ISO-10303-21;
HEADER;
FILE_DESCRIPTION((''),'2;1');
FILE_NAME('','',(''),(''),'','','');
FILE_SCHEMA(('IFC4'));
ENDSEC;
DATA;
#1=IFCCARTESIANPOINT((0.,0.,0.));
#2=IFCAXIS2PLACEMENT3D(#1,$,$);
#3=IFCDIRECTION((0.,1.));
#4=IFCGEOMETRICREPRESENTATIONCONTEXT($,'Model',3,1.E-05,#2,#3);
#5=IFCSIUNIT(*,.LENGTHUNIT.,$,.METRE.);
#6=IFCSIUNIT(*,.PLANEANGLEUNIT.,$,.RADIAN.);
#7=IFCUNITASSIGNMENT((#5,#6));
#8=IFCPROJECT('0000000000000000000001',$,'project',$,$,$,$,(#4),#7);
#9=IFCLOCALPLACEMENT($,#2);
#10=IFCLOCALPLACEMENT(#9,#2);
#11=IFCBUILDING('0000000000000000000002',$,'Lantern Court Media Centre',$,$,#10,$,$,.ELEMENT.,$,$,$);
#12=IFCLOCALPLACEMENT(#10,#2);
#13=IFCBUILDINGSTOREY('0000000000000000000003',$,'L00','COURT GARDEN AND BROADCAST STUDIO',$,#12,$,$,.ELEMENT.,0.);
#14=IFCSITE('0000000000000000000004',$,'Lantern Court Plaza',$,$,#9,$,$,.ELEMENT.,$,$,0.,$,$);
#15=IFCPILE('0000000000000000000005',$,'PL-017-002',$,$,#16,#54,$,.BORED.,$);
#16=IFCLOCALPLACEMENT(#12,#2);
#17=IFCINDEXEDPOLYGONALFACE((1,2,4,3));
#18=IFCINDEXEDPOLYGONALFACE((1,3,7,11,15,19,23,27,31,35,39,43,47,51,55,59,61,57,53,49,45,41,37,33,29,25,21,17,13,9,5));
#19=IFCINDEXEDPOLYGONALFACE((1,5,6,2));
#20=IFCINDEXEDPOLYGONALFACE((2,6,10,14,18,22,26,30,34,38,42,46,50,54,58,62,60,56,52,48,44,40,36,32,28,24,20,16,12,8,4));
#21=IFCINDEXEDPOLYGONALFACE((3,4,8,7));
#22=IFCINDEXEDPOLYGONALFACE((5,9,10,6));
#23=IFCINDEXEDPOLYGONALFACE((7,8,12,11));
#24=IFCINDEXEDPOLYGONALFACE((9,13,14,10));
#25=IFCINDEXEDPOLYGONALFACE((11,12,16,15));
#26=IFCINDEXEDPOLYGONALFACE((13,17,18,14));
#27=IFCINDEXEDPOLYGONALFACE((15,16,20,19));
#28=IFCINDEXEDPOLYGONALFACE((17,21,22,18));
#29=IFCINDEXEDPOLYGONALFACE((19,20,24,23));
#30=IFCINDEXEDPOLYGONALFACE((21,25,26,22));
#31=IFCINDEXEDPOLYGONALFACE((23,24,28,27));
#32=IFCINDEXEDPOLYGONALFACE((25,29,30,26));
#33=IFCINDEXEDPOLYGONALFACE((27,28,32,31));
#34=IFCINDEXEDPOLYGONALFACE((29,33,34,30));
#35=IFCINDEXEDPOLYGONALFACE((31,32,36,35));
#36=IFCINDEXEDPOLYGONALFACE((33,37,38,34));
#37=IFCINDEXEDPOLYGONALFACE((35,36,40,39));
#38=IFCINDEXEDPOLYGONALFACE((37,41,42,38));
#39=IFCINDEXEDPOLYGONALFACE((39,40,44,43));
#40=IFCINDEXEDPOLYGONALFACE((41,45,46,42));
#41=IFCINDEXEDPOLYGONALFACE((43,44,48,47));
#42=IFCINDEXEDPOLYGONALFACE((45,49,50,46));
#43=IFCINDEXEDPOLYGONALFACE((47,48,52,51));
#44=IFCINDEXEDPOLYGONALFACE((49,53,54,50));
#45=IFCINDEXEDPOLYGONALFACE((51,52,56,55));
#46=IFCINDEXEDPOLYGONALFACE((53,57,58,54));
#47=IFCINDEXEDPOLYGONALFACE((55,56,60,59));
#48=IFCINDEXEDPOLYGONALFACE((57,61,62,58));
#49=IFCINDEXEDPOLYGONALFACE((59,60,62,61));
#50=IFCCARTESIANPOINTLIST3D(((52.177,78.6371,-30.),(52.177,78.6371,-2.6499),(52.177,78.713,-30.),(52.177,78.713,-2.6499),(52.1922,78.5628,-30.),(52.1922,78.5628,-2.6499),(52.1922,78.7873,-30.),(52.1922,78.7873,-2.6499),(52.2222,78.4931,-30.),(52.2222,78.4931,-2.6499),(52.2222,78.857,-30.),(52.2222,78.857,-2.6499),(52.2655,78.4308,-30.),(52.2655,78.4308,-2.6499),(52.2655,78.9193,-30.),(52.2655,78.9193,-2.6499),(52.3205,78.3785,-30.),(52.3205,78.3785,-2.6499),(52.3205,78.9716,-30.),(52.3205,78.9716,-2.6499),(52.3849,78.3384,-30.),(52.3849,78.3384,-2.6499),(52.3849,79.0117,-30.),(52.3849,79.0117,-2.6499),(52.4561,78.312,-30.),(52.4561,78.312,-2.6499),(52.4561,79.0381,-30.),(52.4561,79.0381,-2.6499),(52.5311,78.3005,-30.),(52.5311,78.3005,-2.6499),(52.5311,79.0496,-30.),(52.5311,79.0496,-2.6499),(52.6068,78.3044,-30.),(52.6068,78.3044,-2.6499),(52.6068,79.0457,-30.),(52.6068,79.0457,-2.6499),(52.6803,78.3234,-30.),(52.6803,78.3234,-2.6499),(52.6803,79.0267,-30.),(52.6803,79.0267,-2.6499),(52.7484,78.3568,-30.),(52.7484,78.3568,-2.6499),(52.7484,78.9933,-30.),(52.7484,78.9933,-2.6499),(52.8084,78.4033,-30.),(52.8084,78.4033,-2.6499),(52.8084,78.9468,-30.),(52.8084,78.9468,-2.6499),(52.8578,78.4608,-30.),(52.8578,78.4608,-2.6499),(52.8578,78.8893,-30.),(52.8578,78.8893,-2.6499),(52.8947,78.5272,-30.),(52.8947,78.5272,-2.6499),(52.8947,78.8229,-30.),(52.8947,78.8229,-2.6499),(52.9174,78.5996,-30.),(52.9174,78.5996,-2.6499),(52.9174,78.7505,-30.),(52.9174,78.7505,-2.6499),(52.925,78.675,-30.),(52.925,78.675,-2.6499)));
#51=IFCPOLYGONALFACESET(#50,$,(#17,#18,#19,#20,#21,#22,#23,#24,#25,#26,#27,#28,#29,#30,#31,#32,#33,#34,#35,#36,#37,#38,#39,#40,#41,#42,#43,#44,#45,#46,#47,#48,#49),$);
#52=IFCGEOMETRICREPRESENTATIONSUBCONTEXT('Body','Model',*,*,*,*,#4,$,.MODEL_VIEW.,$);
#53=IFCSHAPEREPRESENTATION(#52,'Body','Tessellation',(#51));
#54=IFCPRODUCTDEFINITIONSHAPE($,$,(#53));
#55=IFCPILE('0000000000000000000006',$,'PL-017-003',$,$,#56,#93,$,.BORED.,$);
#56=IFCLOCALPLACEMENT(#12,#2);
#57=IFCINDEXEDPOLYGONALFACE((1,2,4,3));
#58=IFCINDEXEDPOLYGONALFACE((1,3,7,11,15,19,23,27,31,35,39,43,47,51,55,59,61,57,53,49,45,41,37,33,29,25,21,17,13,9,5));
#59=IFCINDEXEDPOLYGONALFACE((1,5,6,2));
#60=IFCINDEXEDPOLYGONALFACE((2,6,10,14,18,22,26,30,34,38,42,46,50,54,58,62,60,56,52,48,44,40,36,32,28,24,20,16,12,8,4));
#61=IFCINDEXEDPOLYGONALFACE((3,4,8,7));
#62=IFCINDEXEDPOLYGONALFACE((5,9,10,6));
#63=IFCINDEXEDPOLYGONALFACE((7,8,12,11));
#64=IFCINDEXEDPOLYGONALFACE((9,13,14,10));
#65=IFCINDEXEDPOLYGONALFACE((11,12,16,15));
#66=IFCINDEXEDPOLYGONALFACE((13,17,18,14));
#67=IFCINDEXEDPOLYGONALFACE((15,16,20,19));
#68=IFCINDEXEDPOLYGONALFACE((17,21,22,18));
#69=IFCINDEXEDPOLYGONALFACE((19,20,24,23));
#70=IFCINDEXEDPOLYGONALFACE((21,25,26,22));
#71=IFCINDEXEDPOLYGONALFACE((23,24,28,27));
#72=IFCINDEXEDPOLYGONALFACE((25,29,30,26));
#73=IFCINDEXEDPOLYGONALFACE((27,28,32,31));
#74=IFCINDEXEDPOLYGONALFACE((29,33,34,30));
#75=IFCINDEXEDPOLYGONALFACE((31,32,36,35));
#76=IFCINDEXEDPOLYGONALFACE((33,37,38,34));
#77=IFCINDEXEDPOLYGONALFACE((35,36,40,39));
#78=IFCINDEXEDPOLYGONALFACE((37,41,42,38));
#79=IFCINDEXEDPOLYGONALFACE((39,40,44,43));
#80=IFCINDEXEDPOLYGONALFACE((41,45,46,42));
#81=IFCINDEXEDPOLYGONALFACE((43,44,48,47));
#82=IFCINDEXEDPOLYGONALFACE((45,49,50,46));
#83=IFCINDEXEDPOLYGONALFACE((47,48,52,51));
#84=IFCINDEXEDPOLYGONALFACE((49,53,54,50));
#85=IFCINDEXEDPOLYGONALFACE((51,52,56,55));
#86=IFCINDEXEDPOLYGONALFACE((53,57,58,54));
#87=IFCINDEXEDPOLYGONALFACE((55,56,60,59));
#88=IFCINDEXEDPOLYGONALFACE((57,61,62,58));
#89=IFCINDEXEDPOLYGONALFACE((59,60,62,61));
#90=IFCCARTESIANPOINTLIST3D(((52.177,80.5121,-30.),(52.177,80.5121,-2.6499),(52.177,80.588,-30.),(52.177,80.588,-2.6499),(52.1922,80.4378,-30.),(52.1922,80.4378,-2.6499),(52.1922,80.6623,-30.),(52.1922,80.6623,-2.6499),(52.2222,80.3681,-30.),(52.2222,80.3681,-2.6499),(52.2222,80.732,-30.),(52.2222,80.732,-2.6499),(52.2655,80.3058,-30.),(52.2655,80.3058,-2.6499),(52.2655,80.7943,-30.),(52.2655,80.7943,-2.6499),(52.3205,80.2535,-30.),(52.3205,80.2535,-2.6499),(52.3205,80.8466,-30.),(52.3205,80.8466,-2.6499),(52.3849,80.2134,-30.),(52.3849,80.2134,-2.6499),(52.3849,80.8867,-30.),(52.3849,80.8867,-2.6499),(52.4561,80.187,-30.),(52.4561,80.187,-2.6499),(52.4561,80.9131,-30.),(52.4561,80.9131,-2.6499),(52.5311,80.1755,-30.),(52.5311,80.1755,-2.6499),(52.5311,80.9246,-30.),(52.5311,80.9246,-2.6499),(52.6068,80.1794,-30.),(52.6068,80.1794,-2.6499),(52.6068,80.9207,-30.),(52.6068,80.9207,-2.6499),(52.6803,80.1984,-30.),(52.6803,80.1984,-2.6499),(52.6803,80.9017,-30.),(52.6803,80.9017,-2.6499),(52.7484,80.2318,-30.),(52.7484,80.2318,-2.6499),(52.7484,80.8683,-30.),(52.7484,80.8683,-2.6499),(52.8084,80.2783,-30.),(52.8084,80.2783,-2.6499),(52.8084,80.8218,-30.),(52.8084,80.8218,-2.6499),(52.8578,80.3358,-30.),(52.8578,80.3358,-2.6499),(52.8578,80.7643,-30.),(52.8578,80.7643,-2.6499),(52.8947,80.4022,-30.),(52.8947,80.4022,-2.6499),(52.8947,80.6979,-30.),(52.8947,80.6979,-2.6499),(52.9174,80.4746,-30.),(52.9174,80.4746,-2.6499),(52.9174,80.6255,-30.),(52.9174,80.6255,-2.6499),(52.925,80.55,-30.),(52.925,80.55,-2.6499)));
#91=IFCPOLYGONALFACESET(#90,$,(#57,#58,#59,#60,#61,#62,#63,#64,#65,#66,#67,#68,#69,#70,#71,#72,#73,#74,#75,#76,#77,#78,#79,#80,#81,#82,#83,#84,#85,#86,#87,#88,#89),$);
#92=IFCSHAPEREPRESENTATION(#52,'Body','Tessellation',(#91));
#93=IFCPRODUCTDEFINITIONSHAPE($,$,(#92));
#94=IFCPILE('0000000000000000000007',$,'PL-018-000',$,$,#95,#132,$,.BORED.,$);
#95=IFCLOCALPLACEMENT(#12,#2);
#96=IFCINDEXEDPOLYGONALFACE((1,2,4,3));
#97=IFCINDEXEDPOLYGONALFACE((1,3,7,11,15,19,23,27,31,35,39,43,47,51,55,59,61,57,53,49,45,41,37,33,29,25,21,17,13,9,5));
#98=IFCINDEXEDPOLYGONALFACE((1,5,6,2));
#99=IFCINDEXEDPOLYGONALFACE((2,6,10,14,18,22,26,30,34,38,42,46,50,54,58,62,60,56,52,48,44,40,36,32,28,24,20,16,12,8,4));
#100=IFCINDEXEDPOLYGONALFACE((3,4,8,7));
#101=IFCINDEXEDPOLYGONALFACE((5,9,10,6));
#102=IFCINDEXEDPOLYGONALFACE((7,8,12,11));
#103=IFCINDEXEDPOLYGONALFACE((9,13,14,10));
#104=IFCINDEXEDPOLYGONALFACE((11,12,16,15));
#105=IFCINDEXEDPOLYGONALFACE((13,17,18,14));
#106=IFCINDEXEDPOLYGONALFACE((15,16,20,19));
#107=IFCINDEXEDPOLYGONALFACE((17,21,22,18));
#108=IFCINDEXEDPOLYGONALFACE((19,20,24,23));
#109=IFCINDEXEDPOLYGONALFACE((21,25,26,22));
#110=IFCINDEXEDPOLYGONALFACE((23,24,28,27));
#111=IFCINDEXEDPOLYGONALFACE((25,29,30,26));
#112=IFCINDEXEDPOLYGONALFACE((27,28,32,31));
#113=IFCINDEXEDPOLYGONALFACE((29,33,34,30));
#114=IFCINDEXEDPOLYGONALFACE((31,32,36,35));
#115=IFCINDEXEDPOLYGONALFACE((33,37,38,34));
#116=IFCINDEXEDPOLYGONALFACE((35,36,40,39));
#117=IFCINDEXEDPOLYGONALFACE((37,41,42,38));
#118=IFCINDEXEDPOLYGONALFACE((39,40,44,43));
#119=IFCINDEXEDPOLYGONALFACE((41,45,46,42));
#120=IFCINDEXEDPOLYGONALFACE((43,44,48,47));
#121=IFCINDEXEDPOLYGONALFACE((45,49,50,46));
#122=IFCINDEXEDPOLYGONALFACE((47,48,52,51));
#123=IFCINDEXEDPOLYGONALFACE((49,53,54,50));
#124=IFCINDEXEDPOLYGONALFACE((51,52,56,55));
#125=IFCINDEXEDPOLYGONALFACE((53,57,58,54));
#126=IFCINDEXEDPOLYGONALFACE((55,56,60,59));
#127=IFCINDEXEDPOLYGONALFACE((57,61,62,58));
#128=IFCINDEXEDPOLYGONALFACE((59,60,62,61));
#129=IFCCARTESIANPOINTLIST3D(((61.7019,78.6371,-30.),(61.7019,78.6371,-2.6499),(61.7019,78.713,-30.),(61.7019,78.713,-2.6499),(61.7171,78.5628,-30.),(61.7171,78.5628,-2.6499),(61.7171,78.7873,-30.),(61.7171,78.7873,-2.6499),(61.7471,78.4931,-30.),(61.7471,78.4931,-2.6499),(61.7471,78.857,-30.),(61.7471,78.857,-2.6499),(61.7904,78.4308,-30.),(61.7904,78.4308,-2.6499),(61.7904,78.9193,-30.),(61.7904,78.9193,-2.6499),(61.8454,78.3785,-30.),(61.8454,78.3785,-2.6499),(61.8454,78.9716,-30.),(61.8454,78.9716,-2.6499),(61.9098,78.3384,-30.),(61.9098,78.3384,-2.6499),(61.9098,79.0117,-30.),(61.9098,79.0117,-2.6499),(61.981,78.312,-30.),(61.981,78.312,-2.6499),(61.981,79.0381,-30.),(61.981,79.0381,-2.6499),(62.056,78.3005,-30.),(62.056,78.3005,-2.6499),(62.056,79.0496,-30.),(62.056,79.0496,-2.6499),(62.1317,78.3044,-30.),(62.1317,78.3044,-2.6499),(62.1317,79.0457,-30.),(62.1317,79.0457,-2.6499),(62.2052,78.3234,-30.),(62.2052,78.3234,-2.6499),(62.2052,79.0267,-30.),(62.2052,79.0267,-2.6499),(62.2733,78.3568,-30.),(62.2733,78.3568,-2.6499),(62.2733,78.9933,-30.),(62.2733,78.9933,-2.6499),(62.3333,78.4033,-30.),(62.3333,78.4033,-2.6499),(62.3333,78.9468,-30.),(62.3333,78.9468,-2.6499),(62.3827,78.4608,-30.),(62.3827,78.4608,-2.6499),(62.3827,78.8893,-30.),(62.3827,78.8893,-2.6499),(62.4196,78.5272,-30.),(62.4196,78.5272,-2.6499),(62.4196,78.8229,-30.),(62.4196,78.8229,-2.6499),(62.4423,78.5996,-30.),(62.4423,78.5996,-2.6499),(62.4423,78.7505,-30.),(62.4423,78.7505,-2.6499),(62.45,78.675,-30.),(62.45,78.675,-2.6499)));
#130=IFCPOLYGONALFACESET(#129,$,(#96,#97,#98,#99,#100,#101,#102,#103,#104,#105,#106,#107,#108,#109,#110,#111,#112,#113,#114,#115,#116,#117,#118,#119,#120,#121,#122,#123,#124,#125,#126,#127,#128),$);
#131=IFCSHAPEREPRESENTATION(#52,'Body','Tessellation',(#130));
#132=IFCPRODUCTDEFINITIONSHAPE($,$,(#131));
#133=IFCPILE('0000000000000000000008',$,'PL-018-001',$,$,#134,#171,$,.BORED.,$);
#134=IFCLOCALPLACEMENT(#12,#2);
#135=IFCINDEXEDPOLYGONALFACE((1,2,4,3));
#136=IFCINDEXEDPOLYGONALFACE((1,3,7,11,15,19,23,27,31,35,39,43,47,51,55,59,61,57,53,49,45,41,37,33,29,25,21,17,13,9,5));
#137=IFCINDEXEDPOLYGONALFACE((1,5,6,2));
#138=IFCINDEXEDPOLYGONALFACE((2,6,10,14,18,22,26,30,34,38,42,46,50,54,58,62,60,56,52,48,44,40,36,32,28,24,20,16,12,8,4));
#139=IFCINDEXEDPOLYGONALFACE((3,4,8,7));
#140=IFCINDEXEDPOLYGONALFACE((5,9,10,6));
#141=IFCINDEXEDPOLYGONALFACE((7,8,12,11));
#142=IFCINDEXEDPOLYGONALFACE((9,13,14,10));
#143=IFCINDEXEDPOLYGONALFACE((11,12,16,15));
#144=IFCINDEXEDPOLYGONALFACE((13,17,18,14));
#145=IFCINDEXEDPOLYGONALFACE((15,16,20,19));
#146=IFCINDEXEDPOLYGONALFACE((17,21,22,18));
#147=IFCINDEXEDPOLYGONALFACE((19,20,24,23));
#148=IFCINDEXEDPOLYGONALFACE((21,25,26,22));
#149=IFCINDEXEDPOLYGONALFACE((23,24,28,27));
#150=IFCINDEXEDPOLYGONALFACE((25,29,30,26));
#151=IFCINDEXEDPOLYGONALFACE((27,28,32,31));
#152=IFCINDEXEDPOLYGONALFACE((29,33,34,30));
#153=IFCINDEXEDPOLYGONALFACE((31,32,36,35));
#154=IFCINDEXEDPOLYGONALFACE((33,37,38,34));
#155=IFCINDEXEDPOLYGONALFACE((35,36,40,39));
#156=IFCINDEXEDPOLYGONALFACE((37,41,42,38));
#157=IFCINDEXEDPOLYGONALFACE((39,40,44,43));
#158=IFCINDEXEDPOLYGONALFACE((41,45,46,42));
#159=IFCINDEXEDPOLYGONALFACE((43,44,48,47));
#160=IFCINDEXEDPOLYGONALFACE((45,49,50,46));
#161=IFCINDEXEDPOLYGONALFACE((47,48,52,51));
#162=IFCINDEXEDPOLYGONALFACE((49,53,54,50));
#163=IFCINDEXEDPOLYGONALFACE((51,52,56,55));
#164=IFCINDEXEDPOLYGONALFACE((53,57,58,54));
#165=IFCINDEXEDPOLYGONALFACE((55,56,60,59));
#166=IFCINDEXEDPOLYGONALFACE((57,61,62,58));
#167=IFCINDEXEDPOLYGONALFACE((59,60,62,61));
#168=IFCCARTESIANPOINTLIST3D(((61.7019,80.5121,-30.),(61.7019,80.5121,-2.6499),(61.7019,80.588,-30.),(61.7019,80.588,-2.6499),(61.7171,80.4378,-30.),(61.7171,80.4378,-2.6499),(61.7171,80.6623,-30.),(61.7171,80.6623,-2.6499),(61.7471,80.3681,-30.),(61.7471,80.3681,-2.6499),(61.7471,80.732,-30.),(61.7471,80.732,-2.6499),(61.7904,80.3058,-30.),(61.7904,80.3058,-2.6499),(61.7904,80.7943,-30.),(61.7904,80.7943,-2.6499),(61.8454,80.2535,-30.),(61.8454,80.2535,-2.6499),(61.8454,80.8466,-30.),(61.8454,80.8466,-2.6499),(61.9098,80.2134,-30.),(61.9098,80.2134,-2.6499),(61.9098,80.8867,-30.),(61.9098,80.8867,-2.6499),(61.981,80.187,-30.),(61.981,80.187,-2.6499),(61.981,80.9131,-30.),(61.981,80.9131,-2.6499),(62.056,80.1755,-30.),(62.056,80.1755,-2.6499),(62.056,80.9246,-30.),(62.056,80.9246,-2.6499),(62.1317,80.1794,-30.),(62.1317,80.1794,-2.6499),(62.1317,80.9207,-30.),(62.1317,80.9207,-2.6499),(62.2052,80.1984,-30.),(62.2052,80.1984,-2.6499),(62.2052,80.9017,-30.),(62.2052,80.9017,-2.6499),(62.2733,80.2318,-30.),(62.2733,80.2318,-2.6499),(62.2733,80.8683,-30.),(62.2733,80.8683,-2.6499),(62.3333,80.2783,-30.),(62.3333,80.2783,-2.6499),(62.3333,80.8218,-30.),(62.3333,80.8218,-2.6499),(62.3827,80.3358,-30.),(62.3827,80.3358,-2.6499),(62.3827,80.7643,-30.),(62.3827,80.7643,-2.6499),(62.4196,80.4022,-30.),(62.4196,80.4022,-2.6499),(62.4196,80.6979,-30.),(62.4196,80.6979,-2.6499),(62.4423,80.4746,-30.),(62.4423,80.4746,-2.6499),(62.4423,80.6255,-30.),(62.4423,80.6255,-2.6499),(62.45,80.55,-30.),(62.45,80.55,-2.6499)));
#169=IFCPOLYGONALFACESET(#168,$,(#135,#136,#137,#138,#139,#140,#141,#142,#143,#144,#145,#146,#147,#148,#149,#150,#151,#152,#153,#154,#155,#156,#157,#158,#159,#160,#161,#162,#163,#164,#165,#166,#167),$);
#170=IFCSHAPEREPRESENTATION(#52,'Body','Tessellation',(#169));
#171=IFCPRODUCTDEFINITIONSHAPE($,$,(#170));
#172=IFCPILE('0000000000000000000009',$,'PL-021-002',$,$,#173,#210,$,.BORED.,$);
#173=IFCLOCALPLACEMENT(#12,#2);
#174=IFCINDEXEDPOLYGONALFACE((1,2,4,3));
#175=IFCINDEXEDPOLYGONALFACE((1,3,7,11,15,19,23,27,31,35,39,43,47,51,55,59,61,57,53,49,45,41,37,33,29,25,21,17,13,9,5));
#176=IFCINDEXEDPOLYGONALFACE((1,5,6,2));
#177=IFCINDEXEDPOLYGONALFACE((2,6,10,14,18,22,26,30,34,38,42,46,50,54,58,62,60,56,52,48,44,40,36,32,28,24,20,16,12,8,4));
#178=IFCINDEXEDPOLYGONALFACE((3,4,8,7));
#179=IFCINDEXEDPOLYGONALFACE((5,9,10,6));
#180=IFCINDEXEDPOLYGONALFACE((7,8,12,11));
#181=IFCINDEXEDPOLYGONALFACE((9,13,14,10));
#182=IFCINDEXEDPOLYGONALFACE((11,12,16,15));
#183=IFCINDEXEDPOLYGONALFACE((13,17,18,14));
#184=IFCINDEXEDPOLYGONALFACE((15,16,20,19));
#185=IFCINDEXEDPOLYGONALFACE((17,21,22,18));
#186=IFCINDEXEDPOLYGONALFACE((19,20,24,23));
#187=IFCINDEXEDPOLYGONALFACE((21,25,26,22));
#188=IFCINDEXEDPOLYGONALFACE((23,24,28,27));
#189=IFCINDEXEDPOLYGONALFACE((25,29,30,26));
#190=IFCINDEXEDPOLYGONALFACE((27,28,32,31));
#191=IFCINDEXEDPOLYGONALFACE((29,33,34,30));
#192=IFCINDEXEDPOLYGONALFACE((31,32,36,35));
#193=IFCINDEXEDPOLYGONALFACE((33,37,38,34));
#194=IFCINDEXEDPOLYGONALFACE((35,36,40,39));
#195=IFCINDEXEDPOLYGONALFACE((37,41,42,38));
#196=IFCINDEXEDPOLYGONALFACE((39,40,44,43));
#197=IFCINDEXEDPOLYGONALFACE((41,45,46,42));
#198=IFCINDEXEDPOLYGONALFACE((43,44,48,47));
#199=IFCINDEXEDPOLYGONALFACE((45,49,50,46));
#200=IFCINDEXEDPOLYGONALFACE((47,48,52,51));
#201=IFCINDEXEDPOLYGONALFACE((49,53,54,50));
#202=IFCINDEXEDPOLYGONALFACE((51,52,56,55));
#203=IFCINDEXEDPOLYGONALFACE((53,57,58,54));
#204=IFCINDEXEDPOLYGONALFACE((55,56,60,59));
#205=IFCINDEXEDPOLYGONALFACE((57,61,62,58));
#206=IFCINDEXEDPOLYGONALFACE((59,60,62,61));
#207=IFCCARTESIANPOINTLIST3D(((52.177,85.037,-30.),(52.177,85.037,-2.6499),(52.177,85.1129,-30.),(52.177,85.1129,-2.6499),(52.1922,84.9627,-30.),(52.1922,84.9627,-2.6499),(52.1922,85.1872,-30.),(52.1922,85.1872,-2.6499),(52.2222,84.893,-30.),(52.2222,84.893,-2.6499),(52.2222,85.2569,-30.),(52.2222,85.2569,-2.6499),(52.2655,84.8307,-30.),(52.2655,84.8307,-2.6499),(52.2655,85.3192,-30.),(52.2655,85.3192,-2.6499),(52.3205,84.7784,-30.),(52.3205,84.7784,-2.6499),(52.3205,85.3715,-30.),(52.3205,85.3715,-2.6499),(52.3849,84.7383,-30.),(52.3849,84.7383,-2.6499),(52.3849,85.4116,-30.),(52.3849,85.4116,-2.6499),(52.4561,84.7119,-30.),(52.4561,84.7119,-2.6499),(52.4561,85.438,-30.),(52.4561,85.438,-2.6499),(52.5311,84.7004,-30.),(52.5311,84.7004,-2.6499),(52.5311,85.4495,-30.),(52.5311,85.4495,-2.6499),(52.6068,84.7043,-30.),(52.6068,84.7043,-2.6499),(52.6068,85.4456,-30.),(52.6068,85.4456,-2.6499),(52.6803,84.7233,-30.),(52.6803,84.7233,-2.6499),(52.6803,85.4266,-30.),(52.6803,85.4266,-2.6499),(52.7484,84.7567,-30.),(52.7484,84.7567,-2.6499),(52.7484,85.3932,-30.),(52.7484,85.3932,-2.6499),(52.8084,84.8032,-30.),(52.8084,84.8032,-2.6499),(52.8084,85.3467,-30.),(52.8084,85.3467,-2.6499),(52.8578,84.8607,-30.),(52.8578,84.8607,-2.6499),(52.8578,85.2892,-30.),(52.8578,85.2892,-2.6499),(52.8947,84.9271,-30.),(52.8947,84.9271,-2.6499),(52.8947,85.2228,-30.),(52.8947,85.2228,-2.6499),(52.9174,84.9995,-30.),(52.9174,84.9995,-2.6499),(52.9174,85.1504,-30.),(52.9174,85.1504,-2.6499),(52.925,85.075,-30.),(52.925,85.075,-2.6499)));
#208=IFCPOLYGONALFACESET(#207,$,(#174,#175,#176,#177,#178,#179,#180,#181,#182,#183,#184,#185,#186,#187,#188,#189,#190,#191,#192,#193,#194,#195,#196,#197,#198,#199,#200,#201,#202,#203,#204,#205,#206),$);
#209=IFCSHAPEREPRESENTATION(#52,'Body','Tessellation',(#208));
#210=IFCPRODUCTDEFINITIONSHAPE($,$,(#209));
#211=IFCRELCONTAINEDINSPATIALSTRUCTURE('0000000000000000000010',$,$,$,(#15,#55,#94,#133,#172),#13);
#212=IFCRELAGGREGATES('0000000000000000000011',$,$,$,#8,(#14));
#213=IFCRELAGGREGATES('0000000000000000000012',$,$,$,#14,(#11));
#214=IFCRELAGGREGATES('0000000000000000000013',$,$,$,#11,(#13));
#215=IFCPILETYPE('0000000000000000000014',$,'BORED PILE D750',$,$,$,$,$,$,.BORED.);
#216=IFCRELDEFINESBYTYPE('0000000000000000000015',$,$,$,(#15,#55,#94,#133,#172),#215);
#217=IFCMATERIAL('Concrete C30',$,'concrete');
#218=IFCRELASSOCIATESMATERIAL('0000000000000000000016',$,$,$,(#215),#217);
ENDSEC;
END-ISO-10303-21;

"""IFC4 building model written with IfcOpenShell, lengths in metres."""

from ifc_helpers import new_model, si_unit, direction, frame, origin, origin_2d, place, context, subcontext, project, spatial, circle, extrude, material, material_profile, profile_set, type_object, element, save


model = new_model("IFC4")

# Units and contexts
model_context = context("Model", 3, precision=1e-05, world=origin(), true_north=direction((0.0, 1.0)))
body_context = subcontext(model_context, "Body", "Model", "MODEL_VIEW")
ifc_project = project(units=[si_unit("LENGTHUNIT", "METRE"), si_unit("PLANEANGLEUNIT", "RADIAN")], contexts=[model_context])

# Site, building, storey
site_placement = place(None, origin())
site = spatial("IfcSite", under=ifc_project, at=site_placement, Name="Lantern Court Plaza", CompositionType="ELEMENT", RefElevation=0.0)
building_placement = place(site_placement, origin())
building = spatial("IfcBuilding", under=site, at=building_placement, Name="Lantern Court Media Centre", CompositionType="ELEMENT")
storey_placement = place(building_placement, origin())
storey = spatial("IfcBuildingStorey", under=building, at=storey_placement, Name="L00", Description="COURT GARDEN AND BROADCAST STUDIO", CompositionType="ELEMENT", Elevation=0.0)

# Piles
ifc_material_1 = material(Name="Concrete C30", Category="concrete")
ifc_material_profile_1 = material_profile(ifc_material_1, circle(Radius=0.375, at=origin_2d()), Name="D750")
ifc_profile_set_1 = profile_set([ifc_material_profile_1], Name="Concrete C30")
pile_type = type_object("IfcPileType", Name="BORED PILE D750", PredefinedType="BORED", material=ifc_profile_set_1)
for number, where, z_axis, x_axis, name in (
    (1, (52.55, 78.675, -2.6499), (0.0, 0.0, -1.0), (1.0, 0.0, 0.0), "PL-017-002"),
    (2, (52.55, 80.55, -2.6499), (0.0, 0.0, -1.0), (1.0, 0.0, 0.0), "PL-017-003"),
    (3, (62.075, 78.675, -2.6499), (0.0, 0.0, -1.0), (1.0, 0.0, 0.0), "PL-018-000"),
    (4, (62.075, 80.55, -2.6499), (0.0, 0.0, -1.0), (1.0, 0.0, 0.0), "PL-018-001"),
    (5, (52.55, 85.075, -2.6499), (0.0, 0.0, -1.0), (1.0, 0.0, 0.0), "PL-021-002"),
):
    element("IfcPile", number, at=place(storey_placement, frame(where, z_axis=z_axis, x_axis=x_axis)), inside=storey, type_object=pile_type, Name=name, PredefinedType="BORED", context=body_context, shape_type="SweptSolid", body=[
        extrude(circle(Radius=0.375, at=origin_2d()), origin(), (0.0, 0.0, 1.0), 27.3501),
    ])

save(model, "model.ifc")
